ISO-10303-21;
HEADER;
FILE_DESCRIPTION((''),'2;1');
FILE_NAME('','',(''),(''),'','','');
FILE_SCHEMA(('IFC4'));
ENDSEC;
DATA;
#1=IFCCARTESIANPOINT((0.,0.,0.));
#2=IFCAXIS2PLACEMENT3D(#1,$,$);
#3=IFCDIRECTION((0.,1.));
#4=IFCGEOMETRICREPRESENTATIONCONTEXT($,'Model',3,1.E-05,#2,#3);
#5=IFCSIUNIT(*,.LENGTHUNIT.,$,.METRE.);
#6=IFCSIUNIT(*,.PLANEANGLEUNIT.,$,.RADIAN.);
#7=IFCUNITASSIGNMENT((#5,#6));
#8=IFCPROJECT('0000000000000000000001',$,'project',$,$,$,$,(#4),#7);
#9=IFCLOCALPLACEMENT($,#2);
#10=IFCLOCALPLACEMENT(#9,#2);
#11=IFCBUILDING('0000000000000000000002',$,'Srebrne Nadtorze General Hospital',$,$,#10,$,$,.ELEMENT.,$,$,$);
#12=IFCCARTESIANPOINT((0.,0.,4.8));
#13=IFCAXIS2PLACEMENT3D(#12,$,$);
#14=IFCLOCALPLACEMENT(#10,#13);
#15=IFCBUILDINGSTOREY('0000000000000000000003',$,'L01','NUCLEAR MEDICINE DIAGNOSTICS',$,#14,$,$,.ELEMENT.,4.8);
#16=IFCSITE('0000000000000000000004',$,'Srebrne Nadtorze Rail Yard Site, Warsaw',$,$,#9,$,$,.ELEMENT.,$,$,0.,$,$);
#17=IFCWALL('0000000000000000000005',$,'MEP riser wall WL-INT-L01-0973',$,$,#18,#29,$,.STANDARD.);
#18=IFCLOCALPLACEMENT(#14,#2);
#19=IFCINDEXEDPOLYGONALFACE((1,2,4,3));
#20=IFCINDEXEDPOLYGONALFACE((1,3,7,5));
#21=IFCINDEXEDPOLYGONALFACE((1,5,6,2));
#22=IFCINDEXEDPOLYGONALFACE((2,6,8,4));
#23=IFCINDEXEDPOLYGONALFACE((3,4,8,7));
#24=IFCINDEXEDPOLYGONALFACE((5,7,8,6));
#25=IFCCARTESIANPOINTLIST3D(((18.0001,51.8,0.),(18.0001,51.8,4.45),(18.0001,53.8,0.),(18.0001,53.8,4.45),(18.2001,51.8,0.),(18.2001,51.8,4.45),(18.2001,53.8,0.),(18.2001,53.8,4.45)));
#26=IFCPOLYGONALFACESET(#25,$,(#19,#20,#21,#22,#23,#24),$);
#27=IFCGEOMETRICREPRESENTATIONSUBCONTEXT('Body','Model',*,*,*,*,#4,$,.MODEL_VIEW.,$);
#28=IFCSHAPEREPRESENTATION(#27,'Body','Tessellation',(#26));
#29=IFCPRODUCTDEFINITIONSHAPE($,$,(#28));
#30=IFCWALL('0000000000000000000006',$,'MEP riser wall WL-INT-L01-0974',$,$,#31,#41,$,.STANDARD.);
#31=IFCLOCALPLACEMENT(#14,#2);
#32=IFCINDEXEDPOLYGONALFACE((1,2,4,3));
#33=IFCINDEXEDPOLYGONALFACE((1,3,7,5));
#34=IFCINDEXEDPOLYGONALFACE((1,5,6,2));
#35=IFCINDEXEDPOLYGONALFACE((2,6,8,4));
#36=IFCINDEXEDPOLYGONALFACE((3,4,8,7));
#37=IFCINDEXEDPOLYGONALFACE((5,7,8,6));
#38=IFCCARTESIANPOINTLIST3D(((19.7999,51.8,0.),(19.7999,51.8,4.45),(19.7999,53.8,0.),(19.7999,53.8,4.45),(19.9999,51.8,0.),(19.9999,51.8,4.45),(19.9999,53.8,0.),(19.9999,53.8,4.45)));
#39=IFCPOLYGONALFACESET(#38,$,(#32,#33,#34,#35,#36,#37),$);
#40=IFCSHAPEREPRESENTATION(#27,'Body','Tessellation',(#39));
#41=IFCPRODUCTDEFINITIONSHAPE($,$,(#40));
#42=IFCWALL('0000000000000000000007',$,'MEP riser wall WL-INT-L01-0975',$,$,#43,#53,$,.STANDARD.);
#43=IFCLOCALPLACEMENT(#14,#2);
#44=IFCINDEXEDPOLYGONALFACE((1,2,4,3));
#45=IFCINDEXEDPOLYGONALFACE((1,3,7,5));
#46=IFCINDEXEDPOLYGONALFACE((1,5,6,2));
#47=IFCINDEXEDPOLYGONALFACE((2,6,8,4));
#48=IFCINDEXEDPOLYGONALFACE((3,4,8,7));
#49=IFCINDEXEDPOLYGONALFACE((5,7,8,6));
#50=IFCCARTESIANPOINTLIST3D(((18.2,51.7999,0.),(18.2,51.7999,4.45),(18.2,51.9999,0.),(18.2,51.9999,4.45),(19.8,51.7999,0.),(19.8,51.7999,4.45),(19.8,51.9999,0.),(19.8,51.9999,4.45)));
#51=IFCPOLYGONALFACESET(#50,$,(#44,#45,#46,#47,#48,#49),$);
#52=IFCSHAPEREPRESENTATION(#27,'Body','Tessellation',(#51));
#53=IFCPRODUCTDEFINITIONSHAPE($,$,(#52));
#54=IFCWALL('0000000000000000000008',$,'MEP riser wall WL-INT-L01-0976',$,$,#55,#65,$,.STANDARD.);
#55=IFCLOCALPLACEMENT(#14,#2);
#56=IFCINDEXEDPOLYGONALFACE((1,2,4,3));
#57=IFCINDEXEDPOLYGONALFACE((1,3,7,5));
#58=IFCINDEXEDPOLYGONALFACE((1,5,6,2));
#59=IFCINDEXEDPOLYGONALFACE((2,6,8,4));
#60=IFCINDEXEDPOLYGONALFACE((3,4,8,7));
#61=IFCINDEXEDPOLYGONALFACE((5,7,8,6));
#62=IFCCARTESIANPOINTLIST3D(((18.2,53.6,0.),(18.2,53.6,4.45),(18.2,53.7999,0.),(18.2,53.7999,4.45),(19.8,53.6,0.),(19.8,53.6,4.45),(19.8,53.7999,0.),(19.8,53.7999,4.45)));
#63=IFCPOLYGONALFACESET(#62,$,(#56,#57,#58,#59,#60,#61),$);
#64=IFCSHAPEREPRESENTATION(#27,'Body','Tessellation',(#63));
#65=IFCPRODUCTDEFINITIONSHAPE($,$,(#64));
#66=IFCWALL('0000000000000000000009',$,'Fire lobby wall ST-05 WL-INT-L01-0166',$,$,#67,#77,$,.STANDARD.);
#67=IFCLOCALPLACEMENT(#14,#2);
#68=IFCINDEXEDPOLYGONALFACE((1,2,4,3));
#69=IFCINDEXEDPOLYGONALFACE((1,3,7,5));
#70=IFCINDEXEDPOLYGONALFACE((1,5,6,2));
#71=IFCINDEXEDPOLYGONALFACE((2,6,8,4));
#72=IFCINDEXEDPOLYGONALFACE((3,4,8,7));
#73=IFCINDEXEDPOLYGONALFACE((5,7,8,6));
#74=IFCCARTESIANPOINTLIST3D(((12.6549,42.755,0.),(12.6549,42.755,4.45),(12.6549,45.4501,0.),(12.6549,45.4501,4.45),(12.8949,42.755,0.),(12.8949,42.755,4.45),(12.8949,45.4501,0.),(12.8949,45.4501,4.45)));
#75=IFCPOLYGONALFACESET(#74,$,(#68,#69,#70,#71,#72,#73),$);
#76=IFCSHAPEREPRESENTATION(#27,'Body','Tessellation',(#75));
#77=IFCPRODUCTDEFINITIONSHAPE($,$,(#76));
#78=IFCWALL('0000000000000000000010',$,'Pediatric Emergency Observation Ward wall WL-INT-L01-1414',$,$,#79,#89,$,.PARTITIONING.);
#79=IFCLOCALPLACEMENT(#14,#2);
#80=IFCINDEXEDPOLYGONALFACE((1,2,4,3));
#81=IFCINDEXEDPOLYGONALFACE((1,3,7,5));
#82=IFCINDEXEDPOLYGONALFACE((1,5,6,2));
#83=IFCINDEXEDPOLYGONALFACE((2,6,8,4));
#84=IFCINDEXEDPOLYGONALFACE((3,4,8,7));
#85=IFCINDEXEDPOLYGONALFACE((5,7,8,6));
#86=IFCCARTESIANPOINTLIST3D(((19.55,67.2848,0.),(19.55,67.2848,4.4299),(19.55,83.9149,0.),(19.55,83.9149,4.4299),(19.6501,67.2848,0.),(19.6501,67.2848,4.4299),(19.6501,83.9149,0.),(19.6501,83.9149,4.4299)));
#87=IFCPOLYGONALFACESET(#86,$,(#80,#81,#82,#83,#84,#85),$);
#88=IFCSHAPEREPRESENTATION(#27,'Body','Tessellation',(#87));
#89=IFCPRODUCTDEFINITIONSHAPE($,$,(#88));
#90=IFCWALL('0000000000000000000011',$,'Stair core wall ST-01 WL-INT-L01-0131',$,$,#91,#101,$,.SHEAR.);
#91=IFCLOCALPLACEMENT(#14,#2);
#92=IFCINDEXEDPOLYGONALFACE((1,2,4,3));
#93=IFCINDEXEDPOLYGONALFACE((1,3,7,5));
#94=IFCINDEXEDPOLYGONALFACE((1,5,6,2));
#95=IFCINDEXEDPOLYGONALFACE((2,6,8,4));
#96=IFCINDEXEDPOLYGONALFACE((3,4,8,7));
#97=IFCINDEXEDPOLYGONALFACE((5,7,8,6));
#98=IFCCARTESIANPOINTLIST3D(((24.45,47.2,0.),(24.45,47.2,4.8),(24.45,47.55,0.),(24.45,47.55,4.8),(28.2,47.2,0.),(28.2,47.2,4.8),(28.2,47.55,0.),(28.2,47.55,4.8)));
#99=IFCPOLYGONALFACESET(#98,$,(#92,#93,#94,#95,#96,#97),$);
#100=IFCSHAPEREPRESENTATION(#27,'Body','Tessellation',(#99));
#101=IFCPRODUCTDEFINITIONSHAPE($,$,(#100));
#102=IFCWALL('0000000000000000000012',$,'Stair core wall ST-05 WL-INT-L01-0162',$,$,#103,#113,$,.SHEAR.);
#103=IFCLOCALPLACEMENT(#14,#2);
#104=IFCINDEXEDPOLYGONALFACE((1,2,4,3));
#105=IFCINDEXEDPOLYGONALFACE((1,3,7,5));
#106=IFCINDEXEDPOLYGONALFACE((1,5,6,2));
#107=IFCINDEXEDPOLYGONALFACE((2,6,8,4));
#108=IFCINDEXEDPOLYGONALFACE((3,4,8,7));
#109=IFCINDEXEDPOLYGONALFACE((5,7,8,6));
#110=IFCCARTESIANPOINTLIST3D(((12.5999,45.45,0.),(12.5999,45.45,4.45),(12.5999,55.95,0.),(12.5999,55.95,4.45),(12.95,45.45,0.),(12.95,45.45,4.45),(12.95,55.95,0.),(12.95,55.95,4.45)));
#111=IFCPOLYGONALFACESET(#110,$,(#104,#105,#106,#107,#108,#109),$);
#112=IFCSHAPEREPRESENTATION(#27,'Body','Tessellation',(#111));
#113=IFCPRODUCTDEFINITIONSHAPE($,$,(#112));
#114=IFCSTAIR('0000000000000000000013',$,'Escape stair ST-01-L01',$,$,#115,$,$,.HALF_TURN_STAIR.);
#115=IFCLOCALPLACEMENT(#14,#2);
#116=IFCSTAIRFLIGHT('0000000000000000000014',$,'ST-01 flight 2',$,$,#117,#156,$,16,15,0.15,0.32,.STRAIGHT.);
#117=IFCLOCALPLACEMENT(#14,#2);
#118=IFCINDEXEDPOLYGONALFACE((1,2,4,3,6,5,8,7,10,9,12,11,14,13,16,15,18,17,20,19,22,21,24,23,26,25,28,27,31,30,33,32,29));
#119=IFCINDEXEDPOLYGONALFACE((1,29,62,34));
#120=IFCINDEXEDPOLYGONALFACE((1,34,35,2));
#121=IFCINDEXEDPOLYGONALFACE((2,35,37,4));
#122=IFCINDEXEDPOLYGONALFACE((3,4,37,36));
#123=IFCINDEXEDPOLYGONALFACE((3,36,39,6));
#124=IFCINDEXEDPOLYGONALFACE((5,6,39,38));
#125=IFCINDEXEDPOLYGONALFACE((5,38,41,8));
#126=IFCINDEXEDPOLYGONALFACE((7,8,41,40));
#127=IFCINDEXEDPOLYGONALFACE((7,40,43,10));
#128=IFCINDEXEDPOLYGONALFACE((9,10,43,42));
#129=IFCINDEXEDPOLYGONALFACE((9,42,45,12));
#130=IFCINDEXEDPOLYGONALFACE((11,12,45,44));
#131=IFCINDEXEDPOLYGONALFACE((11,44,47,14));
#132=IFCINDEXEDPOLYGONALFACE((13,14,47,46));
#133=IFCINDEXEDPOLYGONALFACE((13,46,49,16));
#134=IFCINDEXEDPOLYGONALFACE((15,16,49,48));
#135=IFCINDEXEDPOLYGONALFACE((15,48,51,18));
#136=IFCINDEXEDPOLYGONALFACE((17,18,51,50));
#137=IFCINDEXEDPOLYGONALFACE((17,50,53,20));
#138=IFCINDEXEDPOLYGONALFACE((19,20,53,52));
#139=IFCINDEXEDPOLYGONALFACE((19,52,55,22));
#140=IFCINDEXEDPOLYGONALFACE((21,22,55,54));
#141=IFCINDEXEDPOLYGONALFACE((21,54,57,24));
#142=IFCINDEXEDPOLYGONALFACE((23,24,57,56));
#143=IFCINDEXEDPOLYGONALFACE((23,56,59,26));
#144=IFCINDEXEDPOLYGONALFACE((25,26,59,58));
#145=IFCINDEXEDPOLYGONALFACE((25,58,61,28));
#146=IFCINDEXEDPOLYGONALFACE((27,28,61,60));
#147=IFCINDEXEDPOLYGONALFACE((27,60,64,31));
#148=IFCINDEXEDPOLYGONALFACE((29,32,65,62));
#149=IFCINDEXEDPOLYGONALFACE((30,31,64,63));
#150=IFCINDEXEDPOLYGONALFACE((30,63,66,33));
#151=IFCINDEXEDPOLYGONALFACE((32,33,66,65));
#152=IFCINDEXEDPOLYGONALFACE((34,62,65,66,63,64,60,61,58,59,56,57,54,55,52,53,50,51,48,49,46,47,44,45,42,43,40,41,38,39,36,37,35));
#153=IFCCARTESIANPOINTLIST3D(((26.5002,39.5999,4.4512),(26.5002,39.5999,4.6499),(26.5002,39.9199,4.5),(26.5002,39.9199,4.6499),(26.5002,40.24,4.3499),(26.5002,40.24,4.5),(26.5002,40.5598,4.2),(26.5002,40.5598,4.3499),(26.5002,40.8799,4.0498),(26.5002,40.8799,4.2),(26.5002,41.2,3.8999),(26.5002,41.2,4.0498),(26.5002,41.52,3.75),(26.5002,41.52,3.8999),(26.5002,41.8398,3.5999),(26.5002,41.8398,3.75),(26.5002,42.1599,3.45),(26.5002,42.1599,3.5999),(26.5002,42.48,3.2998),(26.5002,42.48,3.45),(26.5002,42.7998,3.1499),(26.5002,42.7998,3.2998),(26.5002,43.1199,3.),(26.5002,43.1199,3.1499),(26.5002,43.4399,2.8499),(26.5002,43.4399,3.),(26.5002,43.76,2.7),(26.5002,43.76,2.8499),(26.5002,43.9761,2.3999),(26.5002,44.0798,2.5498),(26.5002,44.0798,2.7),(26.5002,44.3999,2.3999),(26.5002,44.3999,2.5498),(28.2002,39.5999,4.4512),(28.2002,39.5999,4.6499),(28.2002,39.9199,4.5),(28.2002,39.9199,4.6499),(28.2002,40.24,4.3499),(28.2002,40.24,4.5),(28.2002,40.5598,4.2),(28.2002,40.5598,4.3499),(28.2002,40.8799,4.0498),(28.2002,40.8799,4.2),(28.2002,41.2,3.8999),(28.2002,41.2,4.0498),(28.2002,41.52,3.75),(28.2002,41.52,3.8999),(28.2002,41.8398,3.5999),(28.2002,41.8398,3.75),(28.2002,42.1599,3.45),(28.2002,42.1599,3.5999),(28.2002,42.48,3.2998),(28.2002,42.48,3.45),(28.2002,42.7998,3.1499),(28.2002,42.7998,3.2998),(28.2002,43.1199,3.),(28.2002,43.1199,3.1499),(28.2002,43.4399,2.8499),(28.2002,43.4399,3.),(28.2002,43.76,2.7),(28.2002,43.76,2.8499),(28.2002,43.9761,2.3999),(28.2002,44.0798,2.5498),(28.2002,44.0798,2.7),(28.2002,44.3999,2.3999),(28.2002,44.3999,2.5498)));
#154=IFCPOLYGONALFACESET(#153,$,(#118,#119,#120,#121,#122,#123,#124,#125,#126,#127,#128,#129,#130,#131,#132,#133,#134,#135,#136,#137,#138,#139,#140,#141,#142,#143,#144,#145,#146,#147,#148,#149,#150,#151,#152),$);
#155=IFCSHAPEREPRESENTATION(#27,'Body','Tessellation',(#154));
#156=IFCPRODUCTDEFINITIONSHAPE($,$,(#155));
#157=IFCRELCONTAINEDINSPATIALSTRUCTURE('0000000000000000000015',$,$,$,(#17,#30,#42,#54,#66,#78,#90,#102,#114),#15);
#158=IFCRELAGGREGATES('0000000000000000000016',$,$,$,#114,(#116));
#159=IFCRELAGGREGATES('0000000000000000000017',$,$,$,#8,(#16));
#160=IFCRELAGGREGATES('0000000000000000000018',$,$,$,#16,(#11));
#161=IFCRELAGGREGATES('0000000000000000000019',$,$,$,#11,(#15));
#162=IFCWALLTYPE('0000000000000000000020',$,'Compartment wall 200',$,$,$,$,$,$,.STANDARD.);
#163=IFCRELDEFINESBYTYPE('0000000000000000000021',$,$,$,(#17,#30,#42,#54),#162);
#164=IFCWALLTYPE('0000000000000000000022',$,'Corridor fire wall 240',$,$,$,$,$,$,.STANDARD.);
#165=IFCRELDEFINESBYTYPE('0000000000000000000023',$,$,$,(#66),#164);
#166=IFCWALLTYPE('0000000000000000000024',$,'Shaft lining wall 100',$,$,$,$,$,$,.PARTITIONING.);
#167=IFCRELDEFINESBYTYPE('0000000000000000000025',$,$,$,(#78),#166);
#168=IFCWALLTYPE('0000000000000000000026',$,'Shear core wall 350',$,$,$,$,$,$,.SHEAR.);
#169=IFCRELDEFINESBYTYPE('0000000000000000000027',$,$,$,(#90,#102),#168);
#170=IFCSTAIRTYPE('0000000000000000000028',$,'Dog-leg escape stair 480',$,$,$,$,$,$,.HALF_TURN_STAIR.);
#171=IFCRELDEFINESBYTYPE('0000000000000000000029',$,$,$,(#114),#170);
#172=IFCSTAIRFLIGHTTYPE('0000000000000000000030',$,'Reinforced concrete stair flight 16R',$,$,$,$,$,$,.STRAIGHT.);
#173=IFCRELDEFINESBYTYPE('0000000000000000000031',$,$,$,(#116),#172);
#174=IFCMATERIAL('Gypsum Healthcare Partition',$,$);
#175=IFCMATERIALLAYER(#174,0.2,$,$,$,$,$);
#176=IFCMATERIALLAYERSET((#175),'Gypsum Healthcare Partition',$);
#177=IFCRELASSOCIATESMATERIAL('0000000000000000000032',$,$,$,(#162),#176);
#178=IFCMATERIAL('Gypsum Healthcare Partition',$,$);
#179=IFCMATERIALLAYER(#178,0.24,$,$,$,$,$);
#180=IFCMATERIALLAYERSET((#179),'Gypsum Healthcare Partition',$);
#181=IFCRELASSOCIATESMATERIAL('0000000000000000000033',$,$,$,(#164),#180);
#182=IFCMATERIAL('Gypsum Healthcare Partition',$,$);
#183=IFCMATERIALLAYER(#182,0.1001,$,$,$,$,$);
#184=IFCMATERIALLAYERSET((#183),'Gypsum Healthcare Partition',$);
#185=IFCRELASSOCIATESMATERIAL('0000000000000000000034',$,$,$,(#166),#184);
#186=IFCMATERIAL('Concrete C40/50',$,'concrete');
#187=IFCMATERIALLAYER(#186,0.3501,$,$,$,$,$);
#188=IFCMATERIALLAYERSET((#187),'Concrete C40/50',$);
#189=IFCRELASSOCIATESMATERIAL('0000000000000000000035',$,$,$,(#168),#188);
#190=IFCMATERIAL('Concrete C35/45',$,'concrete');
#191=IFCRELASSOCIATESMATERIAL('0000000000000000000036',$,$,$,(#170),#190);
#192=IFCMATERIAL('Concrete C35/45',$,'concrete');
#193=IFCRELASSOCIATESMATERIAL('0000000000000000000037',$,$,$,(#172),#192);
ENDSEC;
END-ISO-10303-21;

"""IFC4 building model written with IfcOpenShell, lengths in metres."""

from ifc_helpers import new_model, si_unit, direction, frame, frame_2d, origin, place, context, subcontext, project, spatial, polyline, rectangle, outline, extrude, material, layer, layer_set, type_object, element, aggregate, save


model = new_model("IFC4")

# Units and contexts
model_context = context("Model", 3, precision=1e-05, world=origin(), true_north=direction((0.0, 1.0)))
body_context = subcontext(model_context, "Body", "Model", "MODEL_VIEW")
ifc_project = project(units=[si_unit("LENGTHUNIT", "METRE"), si_unit("PLANEANGLEUNIT", "RADIAN")], contexts=[model_context])

# Site, building, storey
site_placement = place(None, origin())
site = spatial("IfcSite", under=ifc_project, at=site_placement, Name="Srebrne Nadtorze Rail Yard Site, Warsaw", CompositionType="ELEMENT", RefElevation=0.0)
building_placement = place(site_placement, origin())
building = spatial("IfcBuilding", under=site, at=building_placement, Name="Srebrne Nadtorze General Hospital", CompositionType="ELEMENT")
storey_placement = place(building_placement, frame((0.0, 0.0, 4.8)))
storey = spatial("IfcBuildingStorey", under=building, at=storey_placement, Name="L01", Description="NUCLEAR MEDICINE DIAGNOSTICS", CompositionType="ELEMENT", Elevation=4.8)

# Walls
ifc_material_1 = material(Name="Gypsum Healthcare Partition")
ifc_layer_1 = layer(ifc_material_1, 0.2)
ifc_layer_set_1 = layer_set([ifc_layer_1], Name="Gypsum Healthcare Partition")
wall_type_1 = type_object("IfcWallType", Name="Compartment wall 200", PredefinedType="STANDARD", material=ifc_layer_set_1)
for number, where, z_axis, x_axis, name in (
    (1, (18.1001, 51.8, 0.0), (0.0, 0.0, 1.0), (0.0, 1.0, 0.0), "MEP riser wall WL-INT-L01-0973"),
    (2, (19.8999, 51.8, 0.0), (0.0, 0.0, 1.0), (0.0, 1.0, 0.0), "MEP riser wall WL-INT-L01-0974"),
):
    element("IfcWall", number, at=place(storey_placement, frame(where, z_axis=z_axis, x_axis=x_axis)), inside=storey, type_object=wall_type_1, Name=name, PredefinedType="STANDARD", context=body_context, shape_type="SweptSolid", body=[
        extrude(rectangle(XDim=2.0, YDim=0.2, at=frame_2d((1.0, 0.0))), origin(), (0.0, 0.0, 1.0), 4.45),
    ])
for number, where, z_axis, x_axis, name in (
    (3, (18.2, 51.8999, 0.0), (0.0, 0.0, 1.0), (1.0, 0.0, 0.0), "MEP riser wall WL-INT-L01-0975"),
    (4, (18.2, 53.7, 0.0), (0.0, 0.0, 1.0), (1.0, 0.0, 0.0), "MEP riser wall WL-INT-L01-0976"),
):
    element("IfcWall", number, at=place(storey_placement, frame(where, z_axis=z_axis, x_axis=x_axis)), inside=storey, type_object=wall_type_1, Name=name, PredefinedType="STANDARD", context=body_context, shape_type="SweptSolid", body=[
        extrude(rectangle(XDim=1.6001, YDim=0.2, at=frame_2d((0.8, 0.0))), origin(), (0.0, 0.0, 1.0), 4.45),
    ])
ifc_material_2 = material(Name="Gypsum Healthcare Partition")
ifc_layer_2 = layer(ifc_material_2, 0.24)
ifc_layer_set_2 = layer_set([ifc_layer_2], Name="Gypsum Healthcare Partition")
wall_type_2 = type_object("IfcWallType", Name="Corridor fire wall 240", PredefinedType="STANDARD", material=ifc_layer_set_2)
wall_1_placement = place(storey_placement, frame((12.7749, 42.7549, 0.0), z_axis=(0.0, 0.0, 1.0), x_axis=(0.0, 1.0, 0.0)))
element("IfcWall", 5, at=wall_1_placement, inside=storey, type_object=wall_type_2, Name="Fire lobby wall ST-05 WL-INT-L01-0166", PredefinedType="STANDARD", context=body_context, shape_type="SweptSolid", body=[
    extrude(rectangle(XDim=2.6951, YDim=0.24, at=frame_2d((1.3477, 0.0))), origin(), (0.0, 0.0, 1.0), 4.45),
])
ifc_material_3 = material(Name="Gypsum Healthcare Partition")
ifc_layer_3 = layer(ifc_material_3, 0.1001)
ifc_layer_set_3 = layer_set([ifc_layer_3], Name="Gypsum Healthcare Partition")
wall_type_3 = type_object("IfcWallType", Name="Shaft lining wall 100", PredefinedType="PARTITIONING", material=ifc_layer_set_3)
wall_2_placement = place(storey_placement, frame((19.6001, 67.2849, 0.0), z_axis=(0.0, 0.0, 1.0), x_axis=(0.0, 1.0, 0.0)))
element("IfcWall", 6, at=wall_2_placement, inside=storey, type_object=wall_type_3, Name="Pediatric Emergency Observation Ward wall WL-INT-L01-1414", PredefinedType="PARTITIONING", context=body_context, shape_type="SweptSolid", body=[
    extrude(rectangle(XDim=16.6301, YDim=0.1001, at=frame_2d((8.3149, 0.0))), origin(), (0.0, 0.0, 1.0), 4.4299),
])
ifc_material_4 = material(Name="Concrete C40/50", Category="concrete")
ifc_layer_4 = layer(ifc_material_4, 0.3501)
ifc_layer_set_4 = layer_set([ifc_layer_4], Name="Concrete C40/50")
wall_type_4 = type_object("IfcWallType", Name="Shear core wall 350", PredefinedType="SHEAR", material=ifc_layer_set_4)
wall_3_placement = place(storey_placement, frame((24.45, 47.375, 0.0), z_axis=(0.0, 0.0, 1.0), x_axis=(1.0, 0.0, 0.0)))
element("IfcWall", 7, at=wall_3_placement, inside=storey, type_object=wall_type_4, Name="Stair core wall ST-01 WL-INT-L01-0131", PredefinedType="SHEAR", context=body_context, shape_type="SweptSolid", body=[
    extrude(rectangle(XDim=3.75, YDim=0.3501, at=frame_2d((1.875, 0.0))), origin(), (0.0, 0.0, 1.0), 4.8),
])
wall_4_placement = place(storey_placement, frame((12.7749, 45.45, 0.0), z_axis=(0.0, 0.0, 1.0), x_axis=(0.0, 1.0, 0.0)))
element("IfcWall", 8, at=wall_4_placement, inside=storey, type_object=wall_type_4, Name="Stair core wall ST-05 WL-INT-L01-0162", PredefinedType="SHEAR", context=body_context, shape_type="SweptSolid", body=[
    extrude(rectangle(XDim=10.5, YDim=0.3501, at=frame_2d((5.25, 0.0))), origin(), (0.0, 0.0, 1.0), 4.45),
])

# Stair, stair flight
ifc_material_5 = material(Name="Concrete C35/45", Category="concrete")
stair_type = type_object("IfcStairType", Name="Dog-leg escape stair 480", PredefinedType="HALF_TURN_STAIR", material=ifc_material_5)
stair_placement = place(storey_placement, origin())
stair = element("IfcStair", 9, at=stair_placement, inside=storey, type_object=stair_type, Name="Escape stair ST-01-L01", PredefinedType="HALF_TURN_STAIR")
ifc_material_6 = material(Name="Concrete C35/45", Category="concrete")
stair_flight_type = type_object("IfcStairFlightType", Name="Reinforced concrete stair flight 16R", PredefinedType="STRAIGHT", material=ifc_material_6)
stair_flight_placement = place(storey_placement, frame((27.3501, 44.3999, 2.3999), z_axis=(0.0, 0.0, 1.0), x_axis=(0.0, -1.0, 0.0)))
stair_flight = element("IfcStairFlight", 10, at=stair_flight_placement, type_object=stair_flight_type, Name="ST-01 flight 2", NumberOfRisers=16, NumberOfTreads=15, PredefinedType="STRAIGHT", RiserHeight=0.15, TreadLength=0.32, context=body_context, shape_type="SweptSolid", body=[
    extrude(outline(polyline([(0.0, 0.0), (0.0, 0.1499), (0.3201, 0.1499), (0.3201, 0.3), (0.6399, 0.3), (0.6399, 0.45), (0.96, 0.45), (0.96, 0.6001), (1.28, 0.6001), (1.28, 0.75), (1.6001, 0.75), (1.6001, 0.8999), (1.9199, 0.8999), (1.9199, 1.05), (2.24, 1.05), (2.24, 1.2), (2.5601, 1.2), (2.5601, 1.3501), (2.8799, 1.3501), (2.8799, 1.5), (3.2, 1.5), (3.2, 1.6499), (3.52, 1.6499), (3.52, 1.8), (3.8401, 1.8), (3.8401, 1.95), (4.1599, 1.95), (4.1599, 2.1001), (4.48, 2.1001), (4.48, 2.25), (4.8, 2.25), (4.8, 2.3999), (4.8, 2.0513), (0.4238, 0.0), (0.0, 0.0)])), frame((0.0, 0.8501, 0.0), z_axis=(0.0, -1.0, 0.0), x_axis=(1.0, 0.0, 0.0)), (0.0, 0.0, 1.0), 1.7),
])
aggregate(stair, [stair_flight])

save(model, "model.ifc")
